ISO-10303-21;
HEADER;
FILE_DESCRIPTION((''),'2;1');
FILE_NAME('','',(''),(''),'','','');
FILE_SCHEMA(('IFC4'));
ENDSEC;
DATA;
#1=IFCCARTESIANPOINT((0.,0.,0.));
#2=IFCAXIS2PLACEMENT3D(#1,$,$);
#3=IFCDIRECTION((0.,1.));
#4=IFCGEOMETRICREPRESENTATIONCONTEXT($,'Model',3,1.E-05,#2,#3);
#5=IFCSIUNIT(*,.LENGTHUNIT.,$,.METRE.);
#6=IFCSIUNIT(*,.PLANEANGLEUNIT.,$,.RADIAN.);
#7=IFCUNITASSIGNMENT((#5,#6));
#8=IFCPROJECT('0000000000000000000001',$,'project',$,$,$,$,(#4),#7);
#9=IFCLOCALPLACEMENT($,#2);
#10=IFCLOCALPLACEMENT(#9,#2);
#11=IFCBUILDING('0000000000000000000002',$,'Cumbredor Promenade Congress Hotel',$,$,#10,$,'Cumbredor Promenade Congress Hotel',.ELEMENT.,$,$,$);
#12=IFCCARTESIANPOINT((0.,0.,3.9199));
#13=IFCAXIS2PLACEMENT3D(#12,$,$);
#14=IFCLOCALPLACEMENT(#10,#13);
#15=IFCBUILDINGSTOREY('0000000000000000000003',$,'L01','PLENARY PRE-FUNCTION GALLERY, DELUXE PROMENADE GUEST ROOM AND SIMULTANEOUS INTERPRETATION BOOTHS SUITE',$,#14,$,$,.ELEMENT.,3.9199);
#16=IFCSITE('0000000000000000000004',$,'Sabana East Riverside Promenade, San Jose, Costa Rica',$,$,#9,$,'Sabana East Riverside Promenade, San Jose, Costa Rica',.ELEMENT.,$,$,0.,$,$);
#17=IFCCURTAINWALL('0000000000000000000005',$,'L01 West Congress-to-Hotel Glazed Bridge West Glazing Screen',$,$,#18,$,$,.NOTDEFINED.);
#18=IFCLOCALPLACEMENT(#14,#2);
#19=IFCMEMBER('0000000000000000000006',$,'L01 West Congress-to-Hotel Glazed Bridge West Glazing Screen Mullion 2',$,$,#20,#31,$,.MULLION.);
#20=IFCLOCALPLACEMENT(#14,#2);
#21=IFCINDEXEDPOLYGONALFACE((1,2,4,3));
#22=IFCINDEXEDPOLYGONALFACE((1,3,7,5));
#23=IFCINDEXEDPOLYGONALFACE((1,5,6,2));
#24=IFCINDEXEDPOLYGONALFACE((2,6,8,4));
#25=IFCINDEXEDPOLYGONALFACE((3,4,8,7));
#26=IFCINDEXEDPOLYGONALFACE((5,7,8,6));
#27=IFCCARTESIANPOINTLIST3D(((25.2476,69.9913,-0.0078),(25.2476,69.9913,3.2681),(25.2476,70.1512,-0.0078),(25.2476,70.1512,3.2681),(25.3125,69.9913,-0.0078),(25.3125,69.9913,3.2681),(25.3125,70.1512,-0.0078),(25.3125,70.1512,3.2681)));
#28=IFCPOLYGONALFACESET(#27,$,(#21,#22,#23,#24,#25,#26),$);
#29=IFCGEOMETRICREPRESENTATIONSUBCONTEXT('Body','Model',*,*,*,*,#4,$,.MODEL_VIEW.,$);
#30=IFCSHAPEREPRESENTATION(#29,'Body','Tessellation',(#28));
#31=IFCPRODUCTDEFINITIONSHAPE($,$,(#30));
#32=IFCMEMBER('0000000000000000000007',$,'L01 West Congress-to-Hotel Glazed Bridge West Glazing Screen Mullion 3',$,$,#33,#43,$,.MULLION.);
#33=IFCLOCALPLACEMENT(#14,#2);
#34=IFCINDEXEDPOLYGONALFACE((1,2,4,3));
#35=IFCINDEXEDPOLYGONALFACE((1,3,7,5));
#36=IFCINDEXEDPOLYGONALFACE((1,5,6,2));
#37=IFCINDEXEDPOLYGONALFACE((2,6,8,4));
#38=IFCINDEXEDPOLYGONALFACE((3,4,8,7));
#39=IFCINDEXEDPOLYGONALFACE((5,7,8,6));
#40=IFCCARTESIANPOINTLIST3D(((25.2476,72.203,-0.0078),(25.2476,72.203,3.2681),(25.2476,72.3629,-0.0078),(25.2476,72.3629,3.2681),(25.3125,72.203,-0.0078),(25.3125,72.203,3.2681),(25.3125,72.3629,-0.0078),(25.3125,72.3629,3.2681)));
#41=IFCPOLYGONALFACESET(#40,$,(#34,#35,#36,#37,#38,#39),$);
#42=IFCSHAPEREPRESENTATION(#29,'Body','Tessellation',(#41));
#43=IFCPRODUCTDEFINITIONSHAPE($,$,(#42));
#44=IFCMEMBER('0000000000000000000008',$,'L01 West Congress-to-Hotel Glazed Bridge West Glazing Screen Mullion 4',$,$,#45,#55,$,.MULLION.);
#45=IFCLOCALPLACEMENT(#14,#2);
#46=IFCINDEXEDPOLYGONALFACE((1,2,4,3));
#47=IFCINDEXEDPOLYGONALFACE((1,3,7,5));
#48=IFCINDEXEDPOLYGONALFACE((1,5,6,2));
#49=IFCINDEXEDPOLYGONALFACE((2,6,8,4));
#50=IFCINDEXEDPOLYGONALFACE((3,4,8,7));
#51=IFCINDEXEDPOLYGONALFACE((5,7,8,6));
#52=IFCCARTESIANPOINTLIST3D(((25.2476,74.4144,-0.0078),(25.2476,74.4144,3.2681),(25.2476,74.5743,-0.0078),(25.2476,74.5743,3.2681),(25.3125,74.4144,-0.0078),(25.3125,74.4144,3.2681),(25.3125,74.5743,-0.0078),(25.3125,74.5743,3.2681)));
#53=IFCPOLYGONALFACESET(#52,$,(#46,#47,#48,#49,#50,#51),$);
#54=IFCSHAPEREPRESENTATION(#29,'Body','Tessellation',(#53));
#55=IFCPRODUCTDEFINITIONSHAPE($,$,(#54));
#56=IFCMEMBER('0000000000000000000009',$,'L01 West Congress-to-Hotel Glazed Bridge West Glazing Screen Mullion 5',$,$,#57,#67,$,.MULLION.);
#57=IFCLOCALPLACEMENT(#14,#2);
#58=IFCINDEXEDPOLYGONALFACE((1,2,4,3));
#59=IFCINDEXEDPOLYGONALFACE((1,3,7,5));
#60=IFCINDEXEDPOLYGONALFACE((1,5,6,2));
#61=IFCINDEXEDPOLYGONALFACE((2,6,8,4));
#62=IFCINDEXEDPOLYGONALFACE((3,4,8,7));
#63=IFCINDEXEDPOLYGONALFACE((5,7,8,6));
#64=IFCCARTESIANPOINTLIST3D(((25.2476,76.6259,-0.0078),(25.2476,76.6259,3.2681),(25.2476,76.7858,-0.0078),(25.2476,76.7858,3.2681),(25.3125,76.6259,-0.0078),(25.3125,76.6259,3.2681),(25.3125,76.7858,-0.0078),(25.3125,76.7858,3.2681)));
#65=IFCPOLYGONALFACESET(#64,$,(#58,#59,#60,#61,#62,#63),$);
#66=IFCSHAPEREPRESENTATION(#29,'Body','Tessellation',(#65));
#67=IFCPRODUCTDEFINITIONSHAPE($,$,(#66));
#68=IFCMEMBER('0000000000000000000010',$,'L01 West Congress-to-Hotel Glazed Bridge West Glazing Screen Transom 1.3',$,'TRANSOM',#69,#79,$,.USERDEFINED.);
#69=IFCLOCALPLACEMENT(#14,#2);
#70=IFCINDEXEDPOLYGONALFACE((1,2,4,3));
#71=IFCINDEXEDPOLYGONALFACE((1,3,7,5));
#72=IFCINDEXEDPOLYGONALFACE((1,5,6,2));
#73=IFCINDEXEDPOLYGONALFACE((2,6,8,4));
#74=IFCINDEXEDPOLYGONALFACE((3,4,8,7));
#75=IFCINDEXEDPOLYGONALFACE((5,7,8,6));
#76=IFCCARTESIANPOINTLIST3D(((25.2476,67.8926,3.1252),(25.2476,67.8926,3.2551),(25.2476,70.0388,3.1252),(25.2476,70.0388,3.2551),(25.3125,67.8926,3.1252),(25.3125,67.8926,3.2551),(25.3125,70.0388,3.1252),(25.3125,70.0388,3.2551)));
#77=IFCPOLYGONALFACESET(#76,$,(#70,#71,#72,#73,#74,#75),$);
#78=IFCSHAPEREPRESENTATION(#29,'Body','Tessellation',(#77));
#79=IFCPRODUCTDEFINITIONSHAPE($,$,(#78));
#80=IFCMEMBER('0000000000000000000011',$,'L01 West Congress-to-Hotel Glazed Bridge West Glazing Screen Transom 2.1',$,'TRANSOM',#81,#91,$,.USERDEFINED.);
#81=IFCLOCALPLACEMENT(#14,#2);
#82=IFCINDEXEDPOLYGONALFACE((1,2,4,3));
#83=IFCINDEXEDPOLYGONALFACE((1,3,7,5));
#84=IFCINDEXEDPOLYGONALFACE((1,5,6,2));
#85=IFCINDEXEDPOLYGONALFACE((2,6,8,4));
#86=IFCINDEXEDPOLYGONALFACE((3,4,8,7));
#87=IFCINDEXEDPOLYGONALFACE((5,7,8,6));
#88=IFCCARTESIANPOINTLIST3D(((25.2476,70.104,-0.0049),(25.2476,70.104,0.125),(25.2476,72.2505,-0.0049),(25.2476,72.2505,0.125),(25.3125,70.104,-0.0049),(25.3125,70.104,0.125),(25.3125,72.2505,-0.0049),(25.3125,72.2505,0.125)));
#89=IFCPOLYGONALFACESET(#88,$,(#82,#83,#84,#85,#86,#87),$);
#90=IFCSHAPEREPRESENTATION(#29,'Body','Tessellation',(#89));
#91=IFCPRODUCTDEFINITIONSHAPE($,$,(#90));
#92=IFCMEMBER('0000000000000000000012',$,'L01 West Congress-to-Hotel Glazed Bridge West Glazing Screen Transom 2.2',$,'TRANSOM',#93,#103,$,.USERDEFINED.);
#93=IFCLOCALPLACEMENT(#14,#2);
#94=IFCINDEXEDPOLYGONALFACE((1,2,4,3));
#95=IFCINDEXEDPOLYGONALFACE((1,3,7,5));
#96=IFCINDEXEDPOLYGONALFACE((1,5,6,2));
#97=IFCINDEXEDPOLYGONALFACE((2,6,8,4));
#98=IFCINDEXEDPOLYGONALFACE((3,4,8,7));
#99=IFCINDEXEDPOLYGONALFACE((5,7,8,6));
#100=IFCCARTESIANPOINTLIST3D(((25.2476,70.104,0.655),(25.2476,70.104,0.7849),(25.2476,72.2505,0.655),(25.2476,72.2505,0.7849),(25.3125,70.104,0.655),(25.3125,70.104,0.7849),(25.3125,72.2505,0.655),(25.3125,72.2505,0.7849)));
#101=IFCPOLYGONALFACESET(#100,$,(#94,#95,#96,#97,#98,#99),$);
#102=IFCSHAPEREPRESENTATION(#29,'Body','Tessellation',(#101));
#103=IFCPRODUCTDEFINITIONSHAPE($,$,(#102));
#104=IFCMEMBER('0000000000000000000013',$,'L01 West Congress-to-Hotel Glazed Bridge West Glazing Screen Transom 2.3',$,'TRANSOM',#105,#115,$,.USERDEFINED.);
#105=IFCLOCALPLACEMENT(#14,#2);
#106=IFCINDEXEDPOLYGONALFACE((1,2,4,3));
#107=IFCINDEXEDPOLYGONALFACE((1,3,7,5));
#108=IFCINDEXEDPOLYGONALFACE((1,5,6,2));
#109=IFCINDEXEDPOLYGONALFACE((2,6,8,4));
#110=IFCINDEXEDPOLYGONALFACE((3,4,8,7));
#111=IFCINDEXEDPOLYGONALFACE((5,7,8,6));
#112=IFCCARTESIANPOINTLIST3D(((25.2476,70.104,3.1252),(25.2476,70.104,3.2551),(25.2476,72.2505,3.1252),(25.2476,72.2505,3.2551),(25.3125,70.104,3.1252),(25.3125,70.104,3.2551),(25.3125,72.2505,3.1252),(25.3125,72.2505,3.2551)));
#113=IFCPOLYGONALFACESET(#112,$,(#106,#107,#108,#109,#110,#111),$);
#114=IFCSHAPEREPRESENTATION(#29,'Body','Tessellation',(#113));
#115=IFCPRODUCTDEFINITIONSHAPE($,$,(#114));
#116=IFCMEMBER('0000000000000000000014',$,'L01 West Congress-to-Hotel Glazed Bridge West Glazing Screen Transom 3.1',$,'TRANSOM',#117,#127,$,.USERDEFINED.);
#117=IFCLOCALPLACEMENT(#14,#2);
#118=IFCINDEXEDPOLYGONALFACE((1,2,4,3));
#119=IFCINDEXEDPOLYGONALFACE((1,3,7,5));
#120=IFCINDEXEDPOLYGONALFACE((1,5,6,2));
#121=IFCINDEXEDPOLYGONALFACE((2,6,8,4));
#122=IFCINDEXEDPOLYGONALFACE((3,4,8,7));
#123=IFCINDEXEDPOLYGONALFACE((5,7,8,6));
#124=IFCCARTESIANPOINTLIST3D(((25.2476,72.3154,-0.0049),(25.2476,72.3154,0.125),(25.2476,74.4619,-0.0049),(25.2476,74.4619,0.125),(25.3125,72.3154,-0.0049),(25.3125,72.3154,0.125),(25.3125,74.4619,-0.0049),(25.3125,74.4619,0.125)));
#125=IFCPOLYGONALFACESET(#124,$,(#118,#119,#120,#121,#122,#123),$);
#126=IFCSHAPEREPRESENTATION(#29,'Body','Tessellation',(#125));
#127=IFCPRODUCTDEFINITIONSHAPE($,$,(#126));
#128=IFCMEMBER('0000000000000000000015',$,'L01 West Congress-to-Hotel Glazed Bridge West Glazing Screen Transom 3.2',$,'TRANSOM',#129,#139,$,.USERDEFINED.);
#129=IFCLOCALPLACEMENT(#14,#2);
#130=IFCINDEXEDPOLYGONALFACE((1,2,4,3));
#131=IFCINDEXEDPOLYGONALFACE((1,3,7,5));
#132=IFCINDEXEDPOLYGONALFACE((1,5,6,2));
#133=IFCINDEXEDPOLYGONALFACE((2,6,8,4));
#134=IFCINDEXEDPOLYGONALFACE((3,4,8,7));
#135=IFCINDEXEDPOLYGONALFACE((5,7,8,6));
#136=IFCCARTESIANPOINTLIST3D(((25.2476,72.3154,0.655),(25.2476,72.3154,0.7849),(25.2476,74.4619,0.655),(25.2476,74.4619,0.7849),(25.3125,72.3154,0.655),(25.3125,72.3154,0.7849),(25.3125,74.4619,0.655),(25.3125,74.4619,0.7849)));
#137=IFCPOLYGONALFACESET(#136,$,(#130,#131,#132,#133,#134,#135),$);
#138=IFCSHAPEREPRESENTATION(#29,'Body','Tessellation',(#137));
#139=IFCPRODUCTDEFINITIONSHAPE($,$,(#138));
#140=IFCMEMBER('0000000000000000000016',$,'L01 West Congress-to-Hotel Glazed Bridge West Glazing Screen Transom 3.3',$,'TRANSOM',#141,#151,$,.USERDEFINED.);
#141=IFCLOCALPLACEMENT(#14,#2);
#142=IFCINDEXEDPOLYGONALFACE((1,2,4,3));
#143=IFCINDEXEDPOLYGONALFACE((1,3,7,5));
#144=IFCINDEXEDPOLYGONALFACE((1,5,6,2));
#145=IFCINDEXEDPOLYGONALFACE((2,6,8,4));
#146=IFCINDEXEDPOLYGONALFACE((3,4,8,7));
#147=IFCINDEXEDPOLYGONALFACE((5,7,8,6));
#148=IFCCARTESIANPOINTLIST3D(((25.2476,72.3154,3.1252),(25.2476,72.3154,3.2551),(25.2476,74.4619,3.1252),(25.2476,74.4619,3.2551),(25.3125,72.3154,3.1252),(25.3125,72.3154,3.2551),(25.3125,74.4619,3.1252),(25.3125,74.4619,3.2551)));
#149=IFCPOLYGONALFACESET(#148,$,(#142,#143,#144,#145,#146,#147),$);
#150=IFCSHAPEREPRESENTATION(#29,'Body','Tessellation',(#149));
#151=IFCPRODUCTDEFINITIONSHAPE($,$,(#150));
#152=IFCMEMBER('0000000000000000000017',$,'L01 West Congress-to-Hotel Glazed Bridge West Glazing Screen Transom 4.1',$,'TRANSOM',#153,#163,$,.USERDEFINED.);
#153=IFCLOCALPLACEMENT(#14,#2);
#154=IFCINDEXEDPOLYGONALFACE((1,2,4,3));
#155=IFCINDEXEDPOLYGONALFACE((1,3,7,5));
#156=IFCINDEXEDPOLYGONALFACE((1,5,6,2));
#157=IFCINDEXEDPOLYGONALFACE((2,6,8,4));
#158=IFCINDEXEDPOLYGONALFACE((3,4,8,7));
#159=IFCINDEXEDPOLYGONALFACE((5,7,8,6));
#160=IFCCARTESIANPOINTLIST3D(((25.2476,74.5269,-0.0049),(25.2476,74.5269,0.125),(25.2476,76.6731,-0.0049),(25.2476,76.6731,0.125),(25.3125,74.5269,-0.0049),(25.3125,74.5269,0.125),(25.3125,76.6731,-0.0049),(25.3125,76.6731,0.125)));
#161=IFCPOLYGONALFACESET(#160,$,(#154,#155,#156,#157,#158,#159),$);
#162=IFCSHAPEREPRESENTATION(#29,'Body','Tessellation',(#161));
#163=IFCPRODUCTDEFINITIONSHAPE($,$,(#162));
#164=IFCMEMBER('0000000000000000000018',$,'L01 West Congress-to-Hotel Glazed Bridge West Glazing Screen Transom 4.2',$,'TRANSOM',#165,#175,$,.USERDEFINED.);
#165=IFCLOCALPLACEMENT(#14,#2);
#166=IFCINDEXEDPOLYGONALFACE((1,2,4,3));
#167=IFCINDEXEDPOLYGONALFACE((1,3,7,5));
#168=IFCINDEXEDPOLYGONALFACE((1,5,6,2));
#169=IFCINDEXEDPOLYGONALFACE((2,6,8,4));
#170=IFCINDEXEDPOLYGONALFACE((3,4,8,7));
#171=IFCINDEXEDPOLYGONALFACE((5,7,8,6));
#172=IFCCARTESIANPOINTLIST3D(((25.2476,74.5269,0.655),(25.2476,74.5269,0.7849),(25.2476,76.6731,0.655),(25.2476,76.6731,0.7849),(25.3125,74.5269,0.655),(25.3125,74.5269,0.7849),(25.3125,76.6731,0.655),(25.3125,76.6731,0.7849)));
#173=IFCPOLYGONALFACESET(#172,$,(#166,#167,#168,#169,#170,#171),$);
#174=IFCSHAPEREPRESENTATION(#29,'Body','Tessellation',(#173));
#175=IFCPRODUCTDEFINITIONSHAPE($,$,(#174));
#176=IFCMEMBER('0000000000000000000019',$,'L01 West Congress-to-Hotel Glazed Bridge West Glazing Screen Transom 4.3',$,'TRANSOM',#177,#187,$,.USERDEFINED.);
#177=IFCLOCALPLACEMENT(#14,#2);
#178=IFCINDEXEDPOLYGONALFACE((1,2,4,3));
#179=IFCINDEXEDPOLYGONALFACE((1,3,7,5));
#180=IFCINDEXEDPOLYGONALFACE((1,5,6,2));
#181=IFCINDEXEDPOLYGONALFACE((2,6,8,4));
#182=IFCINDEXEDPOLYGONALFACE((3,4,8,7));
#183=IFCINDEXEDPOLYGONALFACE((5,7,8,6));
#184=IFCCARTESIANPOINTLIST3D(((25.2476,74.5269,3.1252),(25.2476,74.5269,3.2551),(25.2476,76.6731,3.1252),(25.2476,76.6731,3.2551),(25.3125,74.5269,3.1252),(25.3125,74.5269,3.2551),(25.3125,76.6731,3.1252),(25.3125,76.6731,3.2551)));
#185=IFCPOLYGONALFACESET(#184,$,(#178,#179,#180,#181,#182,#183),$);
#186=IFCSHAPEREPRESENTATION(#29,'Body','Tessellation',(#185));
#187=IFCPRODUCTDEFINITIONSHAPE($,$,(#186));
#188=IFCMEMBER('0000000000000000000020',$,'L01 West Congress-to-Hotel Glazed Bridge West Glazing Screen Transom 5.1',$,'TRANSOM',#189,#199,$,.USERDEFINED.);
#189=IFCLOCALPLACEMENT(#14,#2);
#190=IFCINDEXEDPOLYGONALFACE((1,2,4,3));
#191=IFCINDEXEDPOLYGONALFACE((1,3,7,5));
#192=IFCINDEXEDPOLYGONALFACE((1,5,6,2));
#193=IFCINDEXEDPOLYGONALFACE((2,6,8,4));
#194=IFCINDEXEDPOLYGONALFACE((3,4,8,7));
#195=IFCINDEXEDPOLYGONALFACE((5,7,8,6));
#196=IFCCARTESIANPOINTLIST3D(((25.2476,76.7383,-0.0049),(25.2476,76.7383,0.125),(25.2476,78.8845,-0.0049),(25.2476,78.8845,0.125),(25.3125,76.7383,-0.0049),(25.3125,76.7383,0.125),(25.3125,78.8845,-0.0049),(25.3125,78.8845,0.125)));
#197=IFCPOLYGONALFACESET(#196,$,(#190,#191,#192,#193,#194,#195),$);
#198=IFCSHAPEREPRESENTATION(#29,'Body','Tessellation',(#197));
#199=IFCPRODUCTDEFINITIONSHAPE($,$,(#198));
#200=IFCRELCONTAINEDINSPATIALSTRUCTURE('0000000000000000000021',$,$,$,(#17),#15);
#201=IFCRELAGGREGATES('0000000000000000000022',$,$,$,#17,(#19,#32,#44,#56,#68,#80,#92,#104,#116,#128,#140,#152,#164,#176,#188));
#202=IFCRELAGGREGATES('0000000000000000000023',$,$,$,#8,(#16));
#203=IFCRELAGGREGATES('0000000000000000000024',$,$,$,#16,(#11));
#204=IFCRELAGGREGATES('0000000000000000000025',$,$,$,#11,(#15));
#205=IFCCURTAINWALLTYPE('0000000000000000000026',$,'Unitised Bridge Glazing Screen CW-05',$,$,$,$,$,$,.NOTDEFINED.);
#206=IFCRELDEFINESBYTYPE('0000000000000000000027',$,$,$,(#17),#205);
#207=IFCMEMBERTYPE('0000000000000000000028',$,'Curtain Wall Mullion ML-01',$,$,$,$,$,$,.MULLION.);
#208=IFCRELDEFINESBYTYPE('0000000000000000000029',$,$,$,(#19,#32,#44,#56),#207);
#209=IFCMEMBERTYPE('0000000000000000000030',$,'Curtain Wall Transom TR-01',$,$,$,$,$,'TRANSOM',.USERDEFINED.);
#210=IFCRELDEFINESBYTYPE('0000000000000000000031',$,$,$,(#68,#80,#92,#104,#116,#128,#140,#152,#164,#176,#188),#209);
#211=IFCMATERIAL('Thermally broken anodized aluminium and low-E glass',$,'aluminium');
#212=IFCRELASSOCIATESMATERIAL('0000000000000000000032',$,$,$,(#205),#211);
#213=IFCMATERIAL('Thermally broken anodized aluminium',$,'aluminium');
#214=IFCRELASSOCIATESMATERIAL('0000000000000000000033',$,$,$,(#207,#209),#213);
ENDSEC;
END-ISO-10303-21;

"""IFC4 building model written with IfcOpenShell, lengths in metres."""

from ifc_helpers import new_model, si_unit, direction, frame, origin, origin_2d, place, context, subcontext, project, spatial, rectangle, extrude, material, material_profile, profile_set, type_object, element, aggregate, save


model = new_model("IFC4")

# Units and contexts
model_context = context("Model", 3, precision=1e-05, world=origin(), true_north=direction((0.0, 1.0)))
body_context = subcontext(model_context, "Body", "Model", "MODEL_VIEW")
ifc_project = project(units=[si_unit("LENGTHUNIT", "METRE"), si_unit("PLANEANGLEUNIT", "RADIAN")], contexts=[model_context])

# Site, building, storey
site_placement = place(None, origin())
site = spatial("IfcSite", under=ifc_project, at=site_placement, Name="Sabana East Riverside Promenade, San Jose, Costa Rica", LongName="Sabana East Riverside Promenade, San Jose, Costa Rica", CompositionType="ELEMENT", RefElevation=0.0)
building_placement = place(site_placement, origin())
building = spatial("IfcBuilding", under=site, at=building_placement, Name="Cumbredor Promenade Congress Hotel", LongName="Cumbredor Promenade Congress Hotel", CompositionType="ELEMENT")
storey_placement = place(building_placement, frame((0.0, 0.0, 3.9199)))
storey = spatial("IfcBuildingStorey", under=building, at=storey_placement, Name="L01", Description="PLENARY PRE-FUNCTION GALLERY, DELUXE PROMENADE GUEST ROOM AND SIMULTANEOUS INTERPRETATION BOOTHS SUITE", CompositionType="ELEMENT", Elevation=3.9199)

# Curtain wall, members
ifc_material_1 = material(Name="Thermally broken anodized aluminium and low-E glass", Category="aluminium")
curtain_wall_type = type_object("IfcCurtainWallType", Name="Unitised Bridge Glazing Screen CW-05", PredefinedType="NOTDEFINED", material=ifc_material_1)
curtain_wall_placement = place(storey_placement, origin())
curtain_wall = element("IfcCurtainWall", 1, at=curtain_wall_placement, inside=storey, type_object=curtain_wall_type, Name="L01 West Congress-to-Hotel Glazed Bridge West Glazing Screen", PredefinedType="NOTDEFINED")
ifc_material_2 = material(Name="Thermally broken anodized aluminium", Category="aluminium")
ifc_material_profile_1 = material_profile(ifc_material_2, rectangle(XDim=0.0649, YDim=0.1599, at=origin_2d()), Name="ALU MULLION 65x160")
ifc_profile_set_1 = profile_set([ifc_material_profile_1], Name="Thermally broken anodized aluminium")
member_type_1 = type_object("IfcMemberType", Name="Curtain Wall Mullion ML-01", PredefinedType="MULLION", material=ifc_profile_set_1)
member_1_placement = place(storey_placement, frame((25.28, 70.0713, -0.0078), z_axis=(0.0, 0.0, 1.0), x_axis=(1.0, 0.0, 0.0)))
member_1 = element("IfcMember", 2, at=member_1_placement, type_object=member_type_1, Name="L01 West Congress-to-Hotel Glazed Bridge West Glazing Screen Mullion 2", PredefinedType="MULLION", context=body_context, shape_type="SweptSolid", body=[
    extrude(rectangle(XDim=0.0649, YDim=0.1599, at=origin_2d()), origin(), (0.0, 0.0, 1.0), 3.2759),
])
member_2_placement = place(storey_placement, frame((25.28, 72.283, -0.0078), z_axis=(0.0, 0.0, 1.0), x_axis=(1.0, 0.0, 0.0)))
member_2 = element("IfcMember", 3, at=member_2_placement, type_object=member_type_1, Name="L01 West Congress-to-Hotel Glazed Bridge West Glazing Screen Mullion 3", PredefinedType="MULLION", context=body_context, shape_type="SweptSolid", body=[
    extrude(rectangle(XDim=0.0649, YDim=0.1599, at=origin_2d()), origin(), (0.0, 0.0, 1.0), 3.2759),
])
member_3_placement = place(storey_placement, frame((25.28, 74.4944, -0.0078), z_axis=(0.0, 0.0, 1.0), x_axis=(1.0, 0.0, 0.0)))
member_3 = element("IfcMember", 4, at=member_3_placement, type_object=member_type_1, Name="L01 West Congress-to-Hotel Glazed Bridge West Glazing Screen Mullion 4", PredefinedType="MULLION", context=body_context, shape_type="SweptSolid", body=[
    extrude(rectangle(XDim=0.0649, YDim=0.1599, at=origin_2d()), origin(), (0.0, 0.0, 1.0), 3.2759),
])
member_4_placement = place(storey_placement, frame((25.28, 76.7058, -0.0078), z_axis=(0.0, 0.0, 1.0), x_axis=(1.0, 0.0, 0.0)))
member_4 = element("IfcMember", 5, at=member_4_placement, type_object=member_type_1, Name="L01 West Congress-to-Hotel Glazed Bridge West Glazing Screen Mullion 5", PredefinedType="MULLION", context=body_context, shape_type="SweptSolid", body=[
    extrude(rectangle(XDim=0.0649, YDim=0.1599, at=origin_2d()), origin(), (0.0, 0.0, 1.0), 3.2759),
])
ifc_material_profile_2 = material_profile(ifc_material_2, rectangle(XDim=0.0649, YDim=0.1299, at=origin_2d()), Name="ALU TRANSOM 65x130")
ifc_profile_set_2 = profile_set([ifc_material_profile_2], Name="Thermally broken anodized aluminium")
member_type_2 = type_object("IfcMemberType", Name="Curtain Wall Transom TR-01", ElementType="TRANSOM", PredefinedType="USERDEFINED", material=ifc_profile_set_2)
member_5_placement = place(storey_placement, frame((25.28, 67.8926, 3.1902), z_axis=(0.0, 1.0, 0.0), x_axis=(-1.0, 0.0, 0.0)))
member_5 = element("IfcMember", 6, at=member_5_placement, type_object=member_type_2, Name="L01 West Congress-to-Hotel Glazed Bridge West Glazing Screen Transom 1.3", ObjectType="TRANSOM", PredefinedType="USERDEFINED", context=body_context, shape_type="SweptSolid", body=[
    extrude(rectangle(XDim=0.0649, YDim=0.1299, at=origin_2d()), origin(), (0.0, 0.0, 1.0), 2.1462),
])
member_6_placement = place(storey_placement, frame((25.28, 70.104, 0.0601), z_axis=(0.0, 1.0, 0.0), x_axis=(-1.0, 0.0, 0.0)))
member_6 = element("IfcMember", 7, at=member_6_placement, type_object=member_type_2, Name="L01 West Congress-to-Hotel Glazed Bridge West Glazing Screen Transom 2.1", ObjectType="TRANSOM", PredefinedType="USERDEFINED", context=body_context, shape_type="SweptSolid", body=[
    extrude(rectangle(XDim=0.0649, YDim=0.1299, at=origin_2d()), origin(), (0.0, 0.0, 1.0), 2.1465),
])
member_7_placement = place(storey_placement, frame((25.28, 70.104, 0.72), z_axis=(0.0, 1.0, 0.0), x_axis=(-1.0, 0.0, 0.0)))
member_7 = element("IfcMember", 8, at=member_7_placement, type_object=member_type_2, Name="L01 West Congress-to-Hotel Glazed Bridge West Glazing Screen Transom 2.2", ObjectType="TRANSOM", PredefinedType="USERDEFINED", context=body_context, shape_type="SweptSolid", body=[
    extrude(rectangle(XDim=0.0649, YDim=0.1299, at=origin_2d()), origin(), (0.0, 0.0, 1.0), 2.1465),
])
member_8_placement = place(storey_placement, frame((25.28, 70.104, 3.1902), z_axis=(0.0, 1.0, 0.0), x_axis=(-1.0, 0.0, 0.0)))
member_8 = element("IfcMember", 9, at=member_8_placement, type_object=member_type_2, Name="L01 West Congress-to-Hotel Glazed Bridge West Glazing Screen Transom 2.3", ObjectType="TRANSOM", PredefinedType="USERDEFINED", context=body_context, shape_type="SweptSolid", body=[
    extrude(rectangle(XDim=0.0649, YDim=0.1299, at=origin_2d()), origin(), (0.0, 0.0, 1.0), 2.1465),
])
member_9_placement = place(storey_placement, frame((25.28, 72.3154, 0.0601), z_axis=(0.0, 1.0, 0.0), x_axis=(-1.0, 0.0, 0.0)))
member_9 = element("IfcMember", 10, at=member_9_placement, type_object=member_type_2, Name="L01 West Congress-to-Hotel Glazed Bridge West Glazing Screen Transom 3.1", ObjectType="TRANSOM", PredefinedType="USERDEFINED", context=body_context, shape_type="SweptSolid", body=[
    extrude(rectangle(XDim=0.0649, YDim=0.1299, at=origin_2d()), origin(), (0.0, 0.0, 1.0), 2.1465),
])
member_10_placement = place(storey_placement, frame((25.28, 72.3154, 0.72), z_axis=(0.0, 1.0, 0.0), x_axis=(-1.0, 0.0, 0.0)))
member_10 = element("IfcMember", 11, at=member_10_placement, type_object=member_type_2, Name="L01 West Congress-to-Hotel Glazed Bridge West Glazing Screen Transom 3.2", ObjectType="TRANSOM", PredefinedType="USERDEFINED", context=body_context, shape_type="SweptSolid", body=[
    extrude(rectangle(XDim=0.0649, YDim=0.1299, at=origin_2d()), origin(), (0.0, 0.0, 1.0), 2.1465),
])
member_11_placement = place(storey_placement, frame((25.28, 72.3154, 3.1902), z_axis=(0.0, 1.0, 0.0), x_axis=(-1.0, 0.0, 0.0)))
member_11 = element("IfcMember", 12, at=member_11_placement, type_object=member_type_2, Name="L01 West Congress-to-Hotel Glazed Bridge West Glazing Screen Transom 3.3", ObjectType="TRANSOM", PredefinedType="USERDEFINED", context=body_context, shape_type="SweptSolid", body=[
    extrude(rectangle(XDim=0.0649, YDim=0.1299, at=origin_2d()), origin(), (0.0, 0.0, 1.0), 2.1465),
])
member_12_placement = place(storey_placement, frame((25.28, 74.5269, 0.0601), z_axis=(0.0, 1.0, 0.0), x_axis=(-1.0, 0.0, 0.0)))
member_12 = element("IfcMember", 13, at=member_12_placement, type_object=member_type_2, Name="L01 West Congress-to-Hotel Glazed Bridge West Glazing Screen Transom 4.1", ObjectType="TRANSOM", PredefinedType="USERDEFINED", context=body_context, shape_type="SweptSolid", body=[
    extrude(rectangle(XDim=0.0649, YDim=0.1299, at=origin_2d()), origin(), (0.0, 0.0, 1.0), 2.1462),
])
member_13_placement = place(storey_placement, frame((25.28, 74.5269, 0.72), z_axis=(0.0, 1.0, 0.0), x_axis=(-1.0, 0.0, 0.0)))
member_13 = element("IfcMember", 14, at=member_13_placement, type_object=member_type_2, Name="L01 West Congress-to-Hotel Glazed Bridge West Glazing Screen Transom 4.2", ObjectType="TRANSOM", PredefinedType="USERDEFINED", context=body_context, shape_type="SweptSolid", body=[
    extrude(rectangle(XDim=0.0649, YDim=0.1299, at=origin_2d()), origin(), (0.0, 0.0, 1.0), 2.1462),
])
member_14_placement = place(storey_placement, frame((25.28, 74.5269, 3.1902), z_axis=(0.0, 1.0, 0.0), x_axis=(-1.0, 0.0, 0.0)))
member_14 = element("IfcMember", 15, at=member_14_placement, type_object=member_type_2, Name="L01 West Congress-to-Hotel Glazed Bridge West Glazing Screen Transom 4.3", ObjectType="TRANSOM", PredefinedType="USERDEFINED", context=body_context, shape_type="SweptSolid", body=[
    extrude(rectangle(XDim=0.0649, YDim=0.1299, at=origin_2d()), origin(), (0.0, 0.0, 1.0), 2.1462),
])
member_15_placement = place(storey_placement, frame((25.28, 76.7383, 0.0601), z_axis=(0.0, 1.0, 0.0), x_axis=(-1.0, 0.0, 0.0)))
member_15 = element("IfcMember", 16, at=member_15_placement, type_object=member_type_2, Name="L01 West Congress-to-Hotel Glazed Bridge West Glazing Screen Transom 5.1", ObjectType="TRANSOM", PredefinedType="USERDEFINED", context=body_context, shape_type="SweptSolid", body=[
    extrude(rectangle(XDim=0.0649, YDim=0.1299, at=origin_2d()), origin(), (0.0, 0.0, 1.0), 2.1462),
])
aggregate(curtain_wall, [member_1, member_2, member_3, member_4, member_5, member_6, member_7, member_8, member_9, member_10, member_11, member_12, member_13, member_14, member_15])

save(model, "model.ifc")
